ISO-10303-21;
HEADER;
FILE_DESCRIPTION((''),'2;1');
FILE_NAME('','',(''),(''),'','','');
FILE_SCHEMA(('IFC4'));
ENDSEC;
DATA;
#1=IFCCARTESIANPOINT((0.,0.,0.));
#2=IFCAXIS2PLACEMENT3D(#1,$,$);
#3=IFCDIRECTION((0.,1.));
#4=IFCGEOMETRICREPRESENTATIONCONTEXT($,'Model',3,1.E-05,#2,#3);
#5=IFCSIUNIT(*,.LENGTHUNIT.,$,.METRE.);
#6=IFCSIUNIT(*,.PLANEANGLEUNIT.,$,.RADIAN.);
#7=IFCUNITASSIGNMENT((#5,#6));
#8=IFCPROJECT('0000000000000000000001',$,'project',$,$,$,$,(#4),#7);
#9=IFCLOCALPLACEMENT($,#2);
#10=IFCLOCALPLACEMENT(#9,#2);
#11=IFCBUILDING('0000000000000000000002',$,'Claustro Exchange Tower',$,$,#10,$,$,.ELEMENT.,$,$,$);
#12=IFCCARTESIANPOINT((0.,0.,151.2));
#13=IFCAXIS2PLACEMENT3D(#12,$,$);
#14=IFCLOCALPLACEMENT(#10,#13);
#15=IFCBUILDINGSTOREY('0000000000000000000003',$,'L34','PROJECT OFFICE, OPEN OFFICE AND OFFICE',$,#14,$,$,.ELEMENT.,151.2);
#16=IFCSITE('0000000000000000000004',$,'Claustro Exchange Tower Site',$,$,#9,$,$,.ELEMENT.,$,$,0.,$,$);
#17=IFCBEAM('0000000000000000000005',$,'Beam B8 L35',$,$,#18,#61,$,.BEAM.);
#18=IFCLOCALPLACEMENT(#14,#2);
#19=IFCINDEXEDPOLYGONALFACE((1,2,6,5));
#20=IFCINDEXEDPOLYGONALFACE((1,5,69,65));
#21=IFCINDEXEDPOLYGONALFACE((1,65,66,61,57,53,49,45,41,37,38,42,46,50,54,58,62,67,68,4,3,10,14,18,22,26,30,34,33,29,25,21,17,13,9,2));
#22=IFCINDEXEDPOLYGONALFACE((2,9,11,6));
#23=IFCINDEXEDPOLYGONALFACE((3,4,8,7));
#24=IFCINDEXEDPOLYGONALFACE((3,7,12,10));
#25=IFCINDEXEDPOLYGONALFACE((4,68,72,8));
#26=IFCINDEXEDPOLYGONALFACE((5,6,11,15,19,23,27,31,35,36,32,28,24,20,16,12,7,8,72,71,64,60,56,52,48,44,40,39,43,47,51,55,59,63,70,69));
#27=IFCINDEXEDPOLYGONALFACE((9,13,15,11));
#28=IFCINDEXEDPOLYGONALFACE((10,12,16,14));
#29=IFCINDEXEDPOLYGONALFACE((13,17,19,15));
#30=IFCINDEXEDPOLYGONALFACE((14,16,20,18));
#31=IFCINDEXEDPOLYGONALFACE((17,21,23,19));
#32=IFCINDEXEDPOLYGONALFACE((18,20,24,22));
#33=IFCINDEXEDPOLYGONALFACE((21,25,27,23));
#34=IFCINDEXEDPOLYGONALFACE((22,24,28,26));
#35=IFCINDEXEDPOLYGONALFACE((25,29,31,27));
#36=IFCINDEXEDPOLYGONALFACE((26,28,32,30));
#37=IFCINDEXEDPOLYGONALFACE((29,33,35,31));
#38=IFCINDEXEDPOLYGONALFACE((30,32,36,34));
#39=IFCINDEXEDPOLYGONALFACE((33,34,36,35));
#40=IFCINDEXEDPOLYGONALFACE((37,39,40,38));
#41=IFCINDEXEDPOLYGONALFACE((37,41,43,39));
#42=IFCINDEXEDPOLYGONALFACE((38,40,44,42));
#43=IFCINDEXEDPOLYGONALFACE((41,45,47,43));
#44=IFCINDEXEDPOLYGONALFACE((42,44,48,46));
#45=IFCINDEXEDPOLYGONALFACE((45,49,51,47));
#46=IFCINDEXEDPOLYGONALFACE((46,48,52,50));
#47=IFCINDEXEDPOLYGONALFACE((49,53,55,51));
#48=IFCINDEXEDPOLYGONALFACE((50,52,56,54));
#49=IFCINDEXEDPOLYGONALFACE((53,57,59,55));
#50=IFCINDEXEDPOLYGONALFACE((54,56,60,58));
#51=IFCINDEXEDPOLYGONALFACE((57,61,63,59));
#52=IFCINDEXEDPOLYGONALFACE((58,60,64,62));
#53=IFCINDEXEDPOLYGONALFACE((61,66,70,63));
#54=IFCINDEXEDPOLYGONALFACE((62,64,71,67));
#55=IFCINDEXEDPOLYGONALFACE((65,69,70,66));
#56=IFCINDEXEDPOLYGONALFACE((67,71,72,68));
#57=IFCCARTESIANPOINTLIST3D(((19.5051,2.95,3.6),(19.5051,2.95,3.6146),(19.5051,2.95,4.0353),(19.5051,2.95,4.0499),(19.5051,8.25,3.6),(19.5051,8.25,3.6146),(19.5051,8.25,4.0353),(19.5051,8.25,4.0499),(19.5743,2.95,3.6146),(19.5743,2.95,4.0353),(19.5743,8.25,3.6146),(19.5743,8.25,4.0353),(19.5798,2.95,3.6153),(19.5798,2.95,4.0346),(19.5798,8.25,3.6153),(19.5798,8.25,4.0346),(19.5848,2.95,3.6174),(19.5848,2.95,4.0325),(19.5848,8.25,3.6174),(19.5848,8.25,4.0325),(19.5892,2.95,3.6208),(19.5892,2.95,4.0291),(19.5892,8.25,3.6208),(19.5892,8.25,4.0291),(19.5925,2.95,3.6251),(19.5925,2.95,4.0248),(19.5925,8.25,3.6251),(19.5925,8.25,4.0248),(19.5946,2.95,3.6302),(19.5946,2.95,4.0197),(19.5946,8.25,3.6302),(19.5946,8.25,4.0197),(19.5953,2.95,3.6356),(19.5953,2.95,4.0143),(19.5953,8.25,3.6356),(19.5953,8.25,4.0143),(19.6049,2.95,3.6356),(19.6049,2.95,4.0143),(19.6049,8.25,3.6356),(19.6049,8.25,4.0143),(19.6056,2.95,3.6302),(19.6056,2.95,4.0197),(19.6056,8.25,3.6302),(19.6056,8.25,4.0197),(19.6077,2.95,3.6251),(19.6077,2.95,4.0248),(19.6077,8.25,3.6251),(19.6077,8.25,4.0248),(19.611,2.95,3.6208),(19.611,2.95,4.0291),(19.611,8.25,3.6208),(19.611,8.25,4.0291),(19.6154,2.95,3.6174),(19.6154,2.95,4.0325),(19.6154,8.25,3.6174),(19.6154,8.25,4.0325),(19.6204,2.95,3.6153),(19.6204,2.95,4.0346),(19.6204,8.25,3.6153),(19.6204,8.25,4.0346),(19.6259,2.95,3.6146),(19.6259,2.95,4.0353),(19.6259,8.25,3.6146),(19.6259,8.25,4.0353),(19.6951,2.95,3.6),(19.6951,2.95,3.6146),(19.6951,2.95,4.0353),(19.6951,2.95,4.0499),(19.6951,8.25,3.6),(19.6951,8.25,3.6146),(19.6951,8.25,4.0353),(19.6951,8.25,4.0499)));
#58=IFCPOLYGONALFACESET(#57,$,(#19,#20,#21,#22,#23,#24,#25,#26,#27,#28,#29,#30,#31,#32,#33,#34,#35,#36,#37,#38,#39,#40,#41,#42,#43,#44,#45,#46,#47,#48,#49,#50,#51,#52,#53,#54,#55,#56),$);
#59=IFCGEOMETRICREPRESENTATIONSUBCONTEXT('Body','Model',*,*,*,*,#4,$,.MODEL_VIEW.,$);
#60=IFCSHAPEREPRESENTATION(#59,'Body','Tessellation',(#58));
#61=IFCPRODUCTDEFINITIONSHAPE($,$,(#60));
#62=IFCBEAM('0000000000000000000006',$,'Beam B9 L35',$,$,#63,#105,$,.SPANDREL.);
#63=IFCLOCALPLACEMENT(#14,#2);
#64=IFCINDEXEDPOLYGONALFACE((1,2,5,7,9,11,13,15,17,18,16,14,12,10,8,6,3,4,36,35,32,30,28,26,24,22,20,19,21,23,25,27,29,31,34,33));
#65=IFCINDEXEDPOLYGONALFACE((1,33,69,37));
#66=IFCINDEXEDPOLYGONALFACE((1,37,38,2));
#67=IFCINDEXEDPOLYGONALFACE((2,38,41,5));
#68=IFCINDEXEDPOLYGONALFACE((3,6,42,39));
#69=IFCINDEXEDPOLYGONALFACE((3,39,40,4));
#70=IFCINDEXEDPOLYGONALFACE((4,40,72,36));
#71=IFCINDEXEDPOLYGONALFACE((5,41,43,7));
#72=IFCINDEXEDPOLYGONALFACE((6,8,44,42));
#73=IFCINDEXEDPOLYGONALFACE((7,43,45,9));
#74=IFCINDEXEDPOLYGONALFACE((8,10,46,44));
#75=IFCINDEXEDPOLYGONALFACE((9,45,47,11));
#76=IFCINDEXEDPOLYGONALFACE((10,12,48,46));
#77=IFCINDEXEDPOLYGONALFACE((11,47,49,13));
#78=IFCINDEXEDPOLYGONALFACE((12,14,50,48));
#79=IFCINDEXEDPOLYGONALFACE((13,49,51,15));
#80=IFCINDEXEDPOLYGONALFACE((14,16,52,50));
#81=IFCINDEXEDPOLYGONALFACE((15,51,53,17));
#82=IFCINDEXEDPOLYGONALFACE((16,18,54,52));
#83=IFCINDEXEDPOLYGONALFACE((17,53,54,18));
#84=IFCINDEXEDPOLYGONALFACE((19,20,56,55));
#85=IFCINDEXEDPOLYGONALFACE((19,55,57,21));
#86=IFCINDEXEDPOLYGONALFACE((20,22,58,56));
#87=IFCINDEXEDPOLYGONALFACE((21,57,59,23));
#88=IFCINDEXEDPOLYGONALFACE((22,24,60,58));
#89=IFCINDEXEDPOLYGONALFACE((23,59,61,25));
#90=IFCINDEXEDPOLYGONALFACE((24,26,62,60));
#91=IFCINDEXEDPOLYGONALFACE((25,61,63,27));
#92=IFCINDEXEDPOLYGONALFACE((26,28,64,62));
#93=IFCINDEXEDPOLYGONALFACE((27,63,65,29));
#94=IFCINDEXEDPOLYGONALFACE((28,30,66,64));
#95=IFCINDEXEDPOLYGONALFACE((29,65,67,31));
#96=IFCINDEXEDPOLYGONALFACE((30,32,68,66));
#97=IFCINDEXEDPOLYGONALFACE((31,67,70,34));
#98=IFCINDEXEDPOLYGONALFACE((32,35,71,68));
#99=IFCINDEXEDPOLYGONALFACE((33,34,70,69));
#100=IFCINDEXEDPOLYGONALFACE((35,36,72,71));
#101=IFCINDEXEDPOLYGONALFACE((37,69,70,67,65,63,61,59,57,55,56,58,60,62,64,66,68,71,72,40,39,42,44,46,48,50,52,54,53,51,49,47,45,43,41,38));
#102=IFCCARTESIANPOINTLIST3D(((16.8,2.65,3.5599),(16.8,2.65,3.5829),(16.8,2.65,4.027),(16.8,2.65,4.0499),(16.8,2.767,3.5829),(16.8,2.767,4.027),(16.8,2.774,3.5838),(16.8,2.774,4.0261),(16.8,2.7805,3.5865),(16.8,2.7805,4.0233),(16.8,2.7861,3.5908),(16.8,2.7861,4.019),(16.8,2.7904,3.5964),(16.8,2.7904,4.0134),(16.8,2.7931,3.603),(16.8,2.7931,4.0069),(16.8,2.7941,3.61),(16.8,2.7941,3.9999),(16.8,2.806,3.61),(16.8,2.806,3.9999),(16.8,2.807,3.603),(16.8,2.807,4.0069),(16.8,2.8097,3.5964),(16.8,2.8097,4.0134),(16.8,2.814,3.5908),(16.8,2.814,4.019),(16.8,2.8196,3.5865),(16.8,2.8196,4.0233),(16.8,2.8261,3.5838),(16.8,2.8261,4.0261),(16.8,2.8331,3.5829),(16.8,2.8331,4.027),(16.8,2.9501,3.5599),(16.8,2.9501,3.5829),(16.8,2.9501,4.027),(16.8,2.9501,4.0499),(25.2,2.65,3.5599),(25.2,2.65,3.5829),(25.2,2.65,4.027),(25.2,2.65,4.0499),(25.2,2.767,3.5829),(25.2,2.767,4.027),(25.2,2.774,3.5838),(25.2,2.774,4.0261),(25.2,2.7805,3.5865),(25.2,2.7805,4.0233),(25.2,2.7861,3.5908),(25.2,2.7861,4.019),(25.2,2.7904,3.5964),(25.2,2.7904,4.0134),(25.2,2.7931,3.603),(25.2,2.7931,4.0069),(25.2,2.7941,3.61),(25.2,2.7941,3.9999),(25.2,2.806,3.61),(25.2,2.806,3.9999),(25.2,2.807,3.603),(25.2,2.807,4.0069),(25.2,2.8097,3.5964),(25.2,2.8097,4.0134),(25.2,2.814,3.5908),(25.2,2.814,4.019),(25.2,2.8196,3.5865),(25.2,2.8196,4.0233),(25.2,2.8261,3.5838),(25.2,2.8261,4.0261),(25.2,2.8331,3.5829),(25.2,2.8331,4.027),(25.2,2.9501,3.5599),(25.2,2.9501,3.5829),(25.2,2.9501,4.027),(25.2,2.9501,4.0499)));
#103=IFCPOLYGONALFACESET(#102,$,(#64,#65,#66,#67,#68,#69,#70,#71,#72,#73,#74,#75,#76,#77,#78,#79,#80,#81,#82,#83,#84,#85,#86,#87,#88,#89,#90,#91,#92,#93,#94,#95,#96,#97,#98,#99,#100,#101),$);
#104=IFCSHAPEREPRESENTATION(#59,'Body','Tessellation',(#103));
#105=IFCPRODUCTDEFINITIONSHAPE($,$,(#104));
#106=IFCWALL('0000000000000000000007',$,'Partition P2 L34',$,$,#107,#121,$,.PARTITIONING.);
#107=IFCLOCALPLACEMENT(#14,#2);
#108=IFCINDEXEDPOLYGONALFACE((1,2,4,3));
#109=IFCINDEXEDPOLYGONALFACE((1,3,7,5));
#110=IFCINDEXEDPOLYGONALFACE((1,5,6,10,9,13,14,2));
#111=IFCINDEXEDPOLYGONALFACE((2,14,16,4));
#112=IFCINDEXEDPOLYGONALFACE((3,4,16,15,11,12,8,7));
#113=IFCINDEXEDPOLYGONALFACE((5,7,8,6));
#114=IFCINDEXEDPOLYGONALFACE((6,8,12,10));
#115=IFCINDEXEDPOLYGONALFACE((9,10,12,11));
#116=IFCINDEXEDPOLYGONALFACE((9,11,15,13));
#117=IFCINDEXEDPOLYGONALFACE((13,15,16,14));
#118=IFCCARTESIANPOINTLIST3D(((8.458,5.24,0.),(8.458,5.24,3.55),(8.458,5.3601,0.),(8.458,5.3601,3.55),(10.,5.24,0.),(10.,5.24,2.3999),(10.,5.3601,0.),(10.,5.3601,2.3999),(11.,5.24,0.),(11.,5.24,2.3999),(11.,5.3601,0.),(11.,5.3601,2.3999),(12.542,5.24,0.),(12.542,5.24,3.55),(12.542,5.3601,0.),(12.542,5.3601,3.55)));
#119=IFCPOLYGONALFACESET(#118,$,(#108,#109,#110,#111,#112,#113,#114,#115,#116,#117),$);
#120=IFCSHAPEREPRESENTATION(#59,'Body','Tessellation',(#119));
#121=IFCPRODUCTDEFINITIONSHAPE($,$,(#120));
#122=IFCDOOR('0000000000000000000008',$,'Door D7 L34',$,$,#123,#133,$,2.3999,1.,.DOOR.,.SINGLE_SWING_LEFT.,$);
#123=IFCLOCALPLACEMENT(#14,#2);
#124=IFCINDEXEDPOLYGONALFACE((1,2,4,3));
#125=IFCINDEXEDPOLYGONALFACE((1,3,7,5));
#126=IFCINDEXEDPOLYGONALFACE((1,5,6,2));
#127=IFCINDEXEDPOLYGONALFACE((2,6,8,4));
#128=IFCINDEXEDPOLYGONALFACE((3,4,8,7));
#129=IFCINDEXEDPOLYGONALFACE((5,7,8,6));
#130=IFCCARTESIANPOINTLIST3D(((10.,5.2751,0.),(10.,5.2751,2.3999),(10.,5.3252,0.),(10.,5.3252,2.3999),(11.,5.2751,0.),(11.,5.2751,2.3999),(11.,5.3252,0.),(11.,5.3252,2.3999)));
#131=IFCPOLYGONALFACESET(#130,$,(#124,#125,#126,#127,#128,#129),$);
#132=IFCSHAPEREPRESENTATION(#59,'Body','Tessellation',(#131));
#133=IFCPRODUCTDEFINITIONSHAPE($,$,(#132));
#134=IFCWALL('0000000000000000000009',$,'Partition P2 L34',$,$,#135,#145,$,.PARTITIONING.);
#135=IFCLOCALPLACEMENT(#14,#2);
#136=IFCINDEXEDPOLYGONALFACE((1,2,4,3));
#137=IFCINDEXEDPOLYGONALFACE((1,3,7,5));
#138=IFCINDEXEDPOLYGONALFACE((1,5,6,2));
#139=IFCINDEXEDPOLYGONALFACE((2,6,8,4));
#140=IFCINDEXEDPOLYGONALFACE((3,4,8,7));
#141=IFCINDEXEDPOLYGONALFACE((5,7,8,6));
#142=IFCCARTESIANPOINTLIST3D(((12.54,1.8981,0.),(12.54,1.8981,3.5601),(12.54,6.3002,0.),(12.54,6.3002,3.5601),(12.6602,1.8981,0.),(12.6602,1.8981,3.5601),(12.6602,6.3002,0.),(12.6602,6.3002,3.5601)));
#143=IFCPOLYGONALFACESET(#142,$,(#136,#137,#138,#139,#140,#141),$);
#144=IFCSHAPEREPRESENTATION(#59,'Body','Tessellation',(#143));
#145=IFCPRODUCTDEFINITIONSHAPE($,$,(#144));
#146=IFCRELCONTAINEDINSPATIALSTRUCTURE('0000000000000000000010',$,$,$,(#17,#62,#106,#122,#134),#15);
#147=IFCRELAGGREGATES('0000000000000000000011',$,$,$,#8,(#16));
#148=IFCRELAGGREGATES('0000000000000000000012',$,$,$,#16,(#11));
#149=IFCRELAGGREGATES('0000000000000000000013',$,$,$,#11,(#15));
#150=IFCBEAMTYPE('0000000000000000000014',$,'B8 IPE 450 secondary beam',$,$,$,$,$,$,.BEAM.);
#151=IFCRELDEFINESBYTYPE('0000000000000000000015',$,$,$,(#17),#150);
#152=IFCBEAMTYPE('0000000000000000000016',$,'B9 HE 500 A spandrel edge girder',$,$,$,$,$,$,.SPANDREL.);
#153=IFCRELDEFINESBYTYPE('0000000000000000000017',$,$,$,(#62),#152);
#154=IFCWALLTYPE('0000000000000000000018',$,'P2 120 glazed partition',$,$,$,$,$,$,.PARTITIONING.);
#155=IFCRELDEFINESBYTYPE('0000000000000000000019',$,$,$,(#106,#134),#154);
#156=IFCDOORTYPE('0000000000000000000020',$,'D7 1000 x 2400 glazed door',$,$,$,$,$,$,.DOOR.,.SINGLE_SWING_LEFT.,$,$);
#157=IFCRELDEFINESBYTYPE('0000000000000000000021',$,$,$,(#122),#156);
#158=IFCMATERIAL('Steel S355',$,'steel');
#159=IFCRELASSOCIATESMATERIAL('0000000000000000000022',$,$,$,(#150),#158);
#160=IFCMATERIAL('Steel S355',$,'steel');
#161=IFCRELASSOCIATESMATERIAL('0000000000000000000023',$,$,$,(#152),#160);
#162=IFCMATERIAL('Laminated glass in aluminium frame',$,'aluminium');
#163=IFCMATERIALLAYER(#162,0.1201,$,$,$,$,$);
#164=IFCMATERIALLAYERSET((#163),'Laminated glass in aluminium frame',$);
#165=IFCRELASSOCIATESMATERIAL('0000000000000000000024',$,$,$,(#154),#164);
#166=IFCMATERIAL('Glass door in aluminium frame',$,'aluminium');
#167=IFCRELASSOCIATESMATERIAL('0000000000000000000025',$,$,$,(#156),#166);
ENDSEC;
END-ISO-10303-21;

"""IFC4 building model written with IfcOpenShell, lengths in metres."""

from ifc_helpers import new_model, si_unit, direction, frame, frame_2d, origin, origin_2d, place, context, subcontext, project, spatial, rectangle, i_section, extrude, material, layer, layer_set, material_profile, profile_set, type_object, element, fill, save


model = new_model("IFC4")

# Units and contexts
model_context = context("Model", 3, precision=1e-05, world=origin(), true_north=direction((0.0, 1.0)))
body_context = subcontext(model_context, "Body", "Model", "MODEL_VIEW")
ifc_project = project(units=[si_unit("LENGTHUNIT", "METRE"), si_unit("PLANEANGLEUNIT", "RADIAN")], contexts=[model_context])

# Site, building, storey
site_placement = place(None, origin())
site = spatial("IfcSite", under=ifc_project, at=site_placement, Name="Claustro Exchange Tower Site", CompositionType="ELEMENT", RefElevation=0.0)
building_placement = place(site_placement, origin())
building = spatial("IfcBuilding", under=site, at=building_placement, Name="Claustro Exchange Tower", CompositionType="ELEMENT")
storey_placement = place(building_placement, frame((0.0, 0.0, 151.2)))
storey = spatial("IfcBuildingStorey", under=building, at=storey_placement, Name="L34", Description="PROJECT OFFICE, OPEN OFFICE AND OFFICE", CompositionType="ELEMENT", Elevation=151.2)

# Beams
ifc_material_1 = material(Name="Steel S355", Category="steel")
ifc_material_profile_1 = material_profile(ifc_material_1, i_section(OverallWidth=0.1899, OverallDepth=0.45, WebThickness=0.0095, FlangeThickness=0.0146, FilletRadius=0.021, at=origin_2d()), Name="IPE 450")
ifc_profile_set_1 = profile_set([ifc_material_profile_1], Name="Steel S355")
beam_type_1 = type_object("IfcBeamType", Name="B8 IPE 450 secondary beam", PredefinedType="BEAM", material=ifc_profile_set_1)
for number, where, z_axis, x_axis, name in (
    (1, (19.6001, 2.95, 3.825), (0.0, 1.0, 0.0), (-1.0, 0.0, 0.0), "Beam B8 L35"),
):
    element("IfcBeam", number, at=place(storey_placement, frame(where, z_axis=z_axis, x_axis=x_axis)), inside=storey, type_object=beam_type_1, Name=name, PredefinedType="BEAM", context=body_context, shape_type="SweptSolid", body=[
        extrude(i_section(OverallWidth=0.1899, OverallDepth=0.45, WebThickness=0.0095, FlangeThickness=0.0146, FilletRadius=0.021, at=origin_2d()), origin(), (0.0, 0.0, 1.0), 5.3),
    ])
ifc_material_2 = material(Name="Steel S355", Category="steel")
ifc_material_profile_2 = material_profile(ifc_material_2, i_section(OverallWidth=0.3, OverallDepth=0.49, WebThickness=0.012, FlangeThickness=0.0229, FilletRadius=0.0271, at=origin_2d()), Name="HE 500 A")
ifc_profile_set_2 = profile_set([ifc_material_profile_2], Name="Steel S355")
beam_type_2 = type_object("IfcBeamType", Name="B9 HE 500 A spandrel edge girder", PredefinedType="SPANDREL", material=ifc_profile_set_2)
beam_1_placement = place(storey_placement, frame((16.8, 2.8, 3.8049), z_axis=(1.0, 0.0, 0.0), x_axis=(0.0, 1.0, 0.0)))
element("IfcBeam", 2, at=beam_1_placement, inside=storey, type_object=beam_type_2, Name="Beam B9 L35", PredefinedType="SPANDREL", context=body_context, shape_type="SweptSolid", body=[
    extrude(i_section(OverallWidth=0.3, OverallDepth=0.49, WebThickness=0.012, FlangeThickness=0.0229, FilletRadius=0.0271, at=origin_2d()), origin(), (0.0, 0.0, 1.0), 8.3999),
])

# Wall, opening, door
ifc_material_3 = material(Name="Laminated glass in aluminium frame", Category="aluminium")
ifc_layer_1 = layer(ifc_material_3, 0.1201)
ifc_layer_set_1 = layer_set([ifc_layer_1], Name="Laminated glass in aluminium frame")
wall_type_1 = type_object("IfcWallType", Name="P2 120 glazed partition", PredefinedType="PARTITIONING", material=ifc_layer_set_1)
wall_1_placement = place(storey_placement, frame((8.458, 5.3, 0.0), z_axis=(0.0, 0.0, 1.0), x_axis=(1.0, 0.0, 0.0)))
wall_1 = element("IfcWall", 3, at=wall_1_placement, inside=storey, type_object=wall_type_1, Name="Partition P2 L34", PredefinedType="PARTITIONING", context=body_context, shape_type="SweptSolid", body=[
    extrude(rectangle(XDim=4.084, YDim=0.1201, at=frame_2d((2.042, 0.0))), origin(), (0.0, 0.0, 1.0), 3.55),
])
opening_1_placement = place(wall_1_placement, frame((1.542, 0.0, 0.0)))
opening_1 = element("IfcOpeningElement", 4, at=opening_1_placement, cuts=wall_1, PredefinedType="OPENING", context=body_context, shape_type="SweptSolid", body=[
    extrude(rectangle(XDim=1.0, YDim=2.3999, at=frame_2d((0.5, 1.2))), frame((0.0, 0.0701, 0.0), z_axis=(0.0, -1.0, 0.0), x_axis=(1.0, 0.0, 0.0)), (0.0, 0.0, 1.0), 0.1401),
])
ifc_material_4 = material(Name="Glass door in aluminium frame", Category="aluminium")
door_type = type_object("IfcDoorType", Name="D7 1000 x 2400 glazed door", OperationType="SINGLE_SWING_LEFT", PredefinedType="DOOR", material=ifc_material_4)
door_placement = place(opening_1_placement, frame((1.0, 0.0, 0.0), z_axis=(0.0, 0.0, 1.0), x_axis=(-1.0, 0.0, 0.0)))
door = element("IfcDoor", 5, at=door_placement, inside=storey, type_object=door_type, Name="Door D7 L34", OperationType="SINGLE_SWING_LEFT", OverallHeight=2.3999, OverallWidth=1.0, PredefinedType="DOOR", context=body_context, shape_type="SweptSolid", body=[
    extrude(rectangle(XDim=1.0, YDim=2.3999, at=frame_2d((0.5, 1.2))), frame((0.0, 0.0249, 0.0), z_axis=(0.0, -1.0, 0.0), x_axis=(1.0, 0.0, 0.0)), (0.0, 0.0, 1.0), 0.05),
])
fill(opening_1, door)

# Wall
wall_2_placement = place(storey_placement, frame((12.6001, 1.8979, 0.0), z_axis=(0.0, 0.0, 1.0), x_axis=(0.0, 1.0, 0.0)))
element("IfcWall", 6, at=wall_2_placement, inside=storey, type_object=wall_type_1, Name="Partition P2 L34", PredefinedType="PARTITIONING", context=body_context, shape_type="SweptSolid", body=[
    extrude(rectangle(XDim=4.4021, YDim=0.1201, at=frame_2d((2.2012, 0.0))), origin(), (0.0, 0.0, 1.0), 3.5601),
])

save(model, "model.ifc")
